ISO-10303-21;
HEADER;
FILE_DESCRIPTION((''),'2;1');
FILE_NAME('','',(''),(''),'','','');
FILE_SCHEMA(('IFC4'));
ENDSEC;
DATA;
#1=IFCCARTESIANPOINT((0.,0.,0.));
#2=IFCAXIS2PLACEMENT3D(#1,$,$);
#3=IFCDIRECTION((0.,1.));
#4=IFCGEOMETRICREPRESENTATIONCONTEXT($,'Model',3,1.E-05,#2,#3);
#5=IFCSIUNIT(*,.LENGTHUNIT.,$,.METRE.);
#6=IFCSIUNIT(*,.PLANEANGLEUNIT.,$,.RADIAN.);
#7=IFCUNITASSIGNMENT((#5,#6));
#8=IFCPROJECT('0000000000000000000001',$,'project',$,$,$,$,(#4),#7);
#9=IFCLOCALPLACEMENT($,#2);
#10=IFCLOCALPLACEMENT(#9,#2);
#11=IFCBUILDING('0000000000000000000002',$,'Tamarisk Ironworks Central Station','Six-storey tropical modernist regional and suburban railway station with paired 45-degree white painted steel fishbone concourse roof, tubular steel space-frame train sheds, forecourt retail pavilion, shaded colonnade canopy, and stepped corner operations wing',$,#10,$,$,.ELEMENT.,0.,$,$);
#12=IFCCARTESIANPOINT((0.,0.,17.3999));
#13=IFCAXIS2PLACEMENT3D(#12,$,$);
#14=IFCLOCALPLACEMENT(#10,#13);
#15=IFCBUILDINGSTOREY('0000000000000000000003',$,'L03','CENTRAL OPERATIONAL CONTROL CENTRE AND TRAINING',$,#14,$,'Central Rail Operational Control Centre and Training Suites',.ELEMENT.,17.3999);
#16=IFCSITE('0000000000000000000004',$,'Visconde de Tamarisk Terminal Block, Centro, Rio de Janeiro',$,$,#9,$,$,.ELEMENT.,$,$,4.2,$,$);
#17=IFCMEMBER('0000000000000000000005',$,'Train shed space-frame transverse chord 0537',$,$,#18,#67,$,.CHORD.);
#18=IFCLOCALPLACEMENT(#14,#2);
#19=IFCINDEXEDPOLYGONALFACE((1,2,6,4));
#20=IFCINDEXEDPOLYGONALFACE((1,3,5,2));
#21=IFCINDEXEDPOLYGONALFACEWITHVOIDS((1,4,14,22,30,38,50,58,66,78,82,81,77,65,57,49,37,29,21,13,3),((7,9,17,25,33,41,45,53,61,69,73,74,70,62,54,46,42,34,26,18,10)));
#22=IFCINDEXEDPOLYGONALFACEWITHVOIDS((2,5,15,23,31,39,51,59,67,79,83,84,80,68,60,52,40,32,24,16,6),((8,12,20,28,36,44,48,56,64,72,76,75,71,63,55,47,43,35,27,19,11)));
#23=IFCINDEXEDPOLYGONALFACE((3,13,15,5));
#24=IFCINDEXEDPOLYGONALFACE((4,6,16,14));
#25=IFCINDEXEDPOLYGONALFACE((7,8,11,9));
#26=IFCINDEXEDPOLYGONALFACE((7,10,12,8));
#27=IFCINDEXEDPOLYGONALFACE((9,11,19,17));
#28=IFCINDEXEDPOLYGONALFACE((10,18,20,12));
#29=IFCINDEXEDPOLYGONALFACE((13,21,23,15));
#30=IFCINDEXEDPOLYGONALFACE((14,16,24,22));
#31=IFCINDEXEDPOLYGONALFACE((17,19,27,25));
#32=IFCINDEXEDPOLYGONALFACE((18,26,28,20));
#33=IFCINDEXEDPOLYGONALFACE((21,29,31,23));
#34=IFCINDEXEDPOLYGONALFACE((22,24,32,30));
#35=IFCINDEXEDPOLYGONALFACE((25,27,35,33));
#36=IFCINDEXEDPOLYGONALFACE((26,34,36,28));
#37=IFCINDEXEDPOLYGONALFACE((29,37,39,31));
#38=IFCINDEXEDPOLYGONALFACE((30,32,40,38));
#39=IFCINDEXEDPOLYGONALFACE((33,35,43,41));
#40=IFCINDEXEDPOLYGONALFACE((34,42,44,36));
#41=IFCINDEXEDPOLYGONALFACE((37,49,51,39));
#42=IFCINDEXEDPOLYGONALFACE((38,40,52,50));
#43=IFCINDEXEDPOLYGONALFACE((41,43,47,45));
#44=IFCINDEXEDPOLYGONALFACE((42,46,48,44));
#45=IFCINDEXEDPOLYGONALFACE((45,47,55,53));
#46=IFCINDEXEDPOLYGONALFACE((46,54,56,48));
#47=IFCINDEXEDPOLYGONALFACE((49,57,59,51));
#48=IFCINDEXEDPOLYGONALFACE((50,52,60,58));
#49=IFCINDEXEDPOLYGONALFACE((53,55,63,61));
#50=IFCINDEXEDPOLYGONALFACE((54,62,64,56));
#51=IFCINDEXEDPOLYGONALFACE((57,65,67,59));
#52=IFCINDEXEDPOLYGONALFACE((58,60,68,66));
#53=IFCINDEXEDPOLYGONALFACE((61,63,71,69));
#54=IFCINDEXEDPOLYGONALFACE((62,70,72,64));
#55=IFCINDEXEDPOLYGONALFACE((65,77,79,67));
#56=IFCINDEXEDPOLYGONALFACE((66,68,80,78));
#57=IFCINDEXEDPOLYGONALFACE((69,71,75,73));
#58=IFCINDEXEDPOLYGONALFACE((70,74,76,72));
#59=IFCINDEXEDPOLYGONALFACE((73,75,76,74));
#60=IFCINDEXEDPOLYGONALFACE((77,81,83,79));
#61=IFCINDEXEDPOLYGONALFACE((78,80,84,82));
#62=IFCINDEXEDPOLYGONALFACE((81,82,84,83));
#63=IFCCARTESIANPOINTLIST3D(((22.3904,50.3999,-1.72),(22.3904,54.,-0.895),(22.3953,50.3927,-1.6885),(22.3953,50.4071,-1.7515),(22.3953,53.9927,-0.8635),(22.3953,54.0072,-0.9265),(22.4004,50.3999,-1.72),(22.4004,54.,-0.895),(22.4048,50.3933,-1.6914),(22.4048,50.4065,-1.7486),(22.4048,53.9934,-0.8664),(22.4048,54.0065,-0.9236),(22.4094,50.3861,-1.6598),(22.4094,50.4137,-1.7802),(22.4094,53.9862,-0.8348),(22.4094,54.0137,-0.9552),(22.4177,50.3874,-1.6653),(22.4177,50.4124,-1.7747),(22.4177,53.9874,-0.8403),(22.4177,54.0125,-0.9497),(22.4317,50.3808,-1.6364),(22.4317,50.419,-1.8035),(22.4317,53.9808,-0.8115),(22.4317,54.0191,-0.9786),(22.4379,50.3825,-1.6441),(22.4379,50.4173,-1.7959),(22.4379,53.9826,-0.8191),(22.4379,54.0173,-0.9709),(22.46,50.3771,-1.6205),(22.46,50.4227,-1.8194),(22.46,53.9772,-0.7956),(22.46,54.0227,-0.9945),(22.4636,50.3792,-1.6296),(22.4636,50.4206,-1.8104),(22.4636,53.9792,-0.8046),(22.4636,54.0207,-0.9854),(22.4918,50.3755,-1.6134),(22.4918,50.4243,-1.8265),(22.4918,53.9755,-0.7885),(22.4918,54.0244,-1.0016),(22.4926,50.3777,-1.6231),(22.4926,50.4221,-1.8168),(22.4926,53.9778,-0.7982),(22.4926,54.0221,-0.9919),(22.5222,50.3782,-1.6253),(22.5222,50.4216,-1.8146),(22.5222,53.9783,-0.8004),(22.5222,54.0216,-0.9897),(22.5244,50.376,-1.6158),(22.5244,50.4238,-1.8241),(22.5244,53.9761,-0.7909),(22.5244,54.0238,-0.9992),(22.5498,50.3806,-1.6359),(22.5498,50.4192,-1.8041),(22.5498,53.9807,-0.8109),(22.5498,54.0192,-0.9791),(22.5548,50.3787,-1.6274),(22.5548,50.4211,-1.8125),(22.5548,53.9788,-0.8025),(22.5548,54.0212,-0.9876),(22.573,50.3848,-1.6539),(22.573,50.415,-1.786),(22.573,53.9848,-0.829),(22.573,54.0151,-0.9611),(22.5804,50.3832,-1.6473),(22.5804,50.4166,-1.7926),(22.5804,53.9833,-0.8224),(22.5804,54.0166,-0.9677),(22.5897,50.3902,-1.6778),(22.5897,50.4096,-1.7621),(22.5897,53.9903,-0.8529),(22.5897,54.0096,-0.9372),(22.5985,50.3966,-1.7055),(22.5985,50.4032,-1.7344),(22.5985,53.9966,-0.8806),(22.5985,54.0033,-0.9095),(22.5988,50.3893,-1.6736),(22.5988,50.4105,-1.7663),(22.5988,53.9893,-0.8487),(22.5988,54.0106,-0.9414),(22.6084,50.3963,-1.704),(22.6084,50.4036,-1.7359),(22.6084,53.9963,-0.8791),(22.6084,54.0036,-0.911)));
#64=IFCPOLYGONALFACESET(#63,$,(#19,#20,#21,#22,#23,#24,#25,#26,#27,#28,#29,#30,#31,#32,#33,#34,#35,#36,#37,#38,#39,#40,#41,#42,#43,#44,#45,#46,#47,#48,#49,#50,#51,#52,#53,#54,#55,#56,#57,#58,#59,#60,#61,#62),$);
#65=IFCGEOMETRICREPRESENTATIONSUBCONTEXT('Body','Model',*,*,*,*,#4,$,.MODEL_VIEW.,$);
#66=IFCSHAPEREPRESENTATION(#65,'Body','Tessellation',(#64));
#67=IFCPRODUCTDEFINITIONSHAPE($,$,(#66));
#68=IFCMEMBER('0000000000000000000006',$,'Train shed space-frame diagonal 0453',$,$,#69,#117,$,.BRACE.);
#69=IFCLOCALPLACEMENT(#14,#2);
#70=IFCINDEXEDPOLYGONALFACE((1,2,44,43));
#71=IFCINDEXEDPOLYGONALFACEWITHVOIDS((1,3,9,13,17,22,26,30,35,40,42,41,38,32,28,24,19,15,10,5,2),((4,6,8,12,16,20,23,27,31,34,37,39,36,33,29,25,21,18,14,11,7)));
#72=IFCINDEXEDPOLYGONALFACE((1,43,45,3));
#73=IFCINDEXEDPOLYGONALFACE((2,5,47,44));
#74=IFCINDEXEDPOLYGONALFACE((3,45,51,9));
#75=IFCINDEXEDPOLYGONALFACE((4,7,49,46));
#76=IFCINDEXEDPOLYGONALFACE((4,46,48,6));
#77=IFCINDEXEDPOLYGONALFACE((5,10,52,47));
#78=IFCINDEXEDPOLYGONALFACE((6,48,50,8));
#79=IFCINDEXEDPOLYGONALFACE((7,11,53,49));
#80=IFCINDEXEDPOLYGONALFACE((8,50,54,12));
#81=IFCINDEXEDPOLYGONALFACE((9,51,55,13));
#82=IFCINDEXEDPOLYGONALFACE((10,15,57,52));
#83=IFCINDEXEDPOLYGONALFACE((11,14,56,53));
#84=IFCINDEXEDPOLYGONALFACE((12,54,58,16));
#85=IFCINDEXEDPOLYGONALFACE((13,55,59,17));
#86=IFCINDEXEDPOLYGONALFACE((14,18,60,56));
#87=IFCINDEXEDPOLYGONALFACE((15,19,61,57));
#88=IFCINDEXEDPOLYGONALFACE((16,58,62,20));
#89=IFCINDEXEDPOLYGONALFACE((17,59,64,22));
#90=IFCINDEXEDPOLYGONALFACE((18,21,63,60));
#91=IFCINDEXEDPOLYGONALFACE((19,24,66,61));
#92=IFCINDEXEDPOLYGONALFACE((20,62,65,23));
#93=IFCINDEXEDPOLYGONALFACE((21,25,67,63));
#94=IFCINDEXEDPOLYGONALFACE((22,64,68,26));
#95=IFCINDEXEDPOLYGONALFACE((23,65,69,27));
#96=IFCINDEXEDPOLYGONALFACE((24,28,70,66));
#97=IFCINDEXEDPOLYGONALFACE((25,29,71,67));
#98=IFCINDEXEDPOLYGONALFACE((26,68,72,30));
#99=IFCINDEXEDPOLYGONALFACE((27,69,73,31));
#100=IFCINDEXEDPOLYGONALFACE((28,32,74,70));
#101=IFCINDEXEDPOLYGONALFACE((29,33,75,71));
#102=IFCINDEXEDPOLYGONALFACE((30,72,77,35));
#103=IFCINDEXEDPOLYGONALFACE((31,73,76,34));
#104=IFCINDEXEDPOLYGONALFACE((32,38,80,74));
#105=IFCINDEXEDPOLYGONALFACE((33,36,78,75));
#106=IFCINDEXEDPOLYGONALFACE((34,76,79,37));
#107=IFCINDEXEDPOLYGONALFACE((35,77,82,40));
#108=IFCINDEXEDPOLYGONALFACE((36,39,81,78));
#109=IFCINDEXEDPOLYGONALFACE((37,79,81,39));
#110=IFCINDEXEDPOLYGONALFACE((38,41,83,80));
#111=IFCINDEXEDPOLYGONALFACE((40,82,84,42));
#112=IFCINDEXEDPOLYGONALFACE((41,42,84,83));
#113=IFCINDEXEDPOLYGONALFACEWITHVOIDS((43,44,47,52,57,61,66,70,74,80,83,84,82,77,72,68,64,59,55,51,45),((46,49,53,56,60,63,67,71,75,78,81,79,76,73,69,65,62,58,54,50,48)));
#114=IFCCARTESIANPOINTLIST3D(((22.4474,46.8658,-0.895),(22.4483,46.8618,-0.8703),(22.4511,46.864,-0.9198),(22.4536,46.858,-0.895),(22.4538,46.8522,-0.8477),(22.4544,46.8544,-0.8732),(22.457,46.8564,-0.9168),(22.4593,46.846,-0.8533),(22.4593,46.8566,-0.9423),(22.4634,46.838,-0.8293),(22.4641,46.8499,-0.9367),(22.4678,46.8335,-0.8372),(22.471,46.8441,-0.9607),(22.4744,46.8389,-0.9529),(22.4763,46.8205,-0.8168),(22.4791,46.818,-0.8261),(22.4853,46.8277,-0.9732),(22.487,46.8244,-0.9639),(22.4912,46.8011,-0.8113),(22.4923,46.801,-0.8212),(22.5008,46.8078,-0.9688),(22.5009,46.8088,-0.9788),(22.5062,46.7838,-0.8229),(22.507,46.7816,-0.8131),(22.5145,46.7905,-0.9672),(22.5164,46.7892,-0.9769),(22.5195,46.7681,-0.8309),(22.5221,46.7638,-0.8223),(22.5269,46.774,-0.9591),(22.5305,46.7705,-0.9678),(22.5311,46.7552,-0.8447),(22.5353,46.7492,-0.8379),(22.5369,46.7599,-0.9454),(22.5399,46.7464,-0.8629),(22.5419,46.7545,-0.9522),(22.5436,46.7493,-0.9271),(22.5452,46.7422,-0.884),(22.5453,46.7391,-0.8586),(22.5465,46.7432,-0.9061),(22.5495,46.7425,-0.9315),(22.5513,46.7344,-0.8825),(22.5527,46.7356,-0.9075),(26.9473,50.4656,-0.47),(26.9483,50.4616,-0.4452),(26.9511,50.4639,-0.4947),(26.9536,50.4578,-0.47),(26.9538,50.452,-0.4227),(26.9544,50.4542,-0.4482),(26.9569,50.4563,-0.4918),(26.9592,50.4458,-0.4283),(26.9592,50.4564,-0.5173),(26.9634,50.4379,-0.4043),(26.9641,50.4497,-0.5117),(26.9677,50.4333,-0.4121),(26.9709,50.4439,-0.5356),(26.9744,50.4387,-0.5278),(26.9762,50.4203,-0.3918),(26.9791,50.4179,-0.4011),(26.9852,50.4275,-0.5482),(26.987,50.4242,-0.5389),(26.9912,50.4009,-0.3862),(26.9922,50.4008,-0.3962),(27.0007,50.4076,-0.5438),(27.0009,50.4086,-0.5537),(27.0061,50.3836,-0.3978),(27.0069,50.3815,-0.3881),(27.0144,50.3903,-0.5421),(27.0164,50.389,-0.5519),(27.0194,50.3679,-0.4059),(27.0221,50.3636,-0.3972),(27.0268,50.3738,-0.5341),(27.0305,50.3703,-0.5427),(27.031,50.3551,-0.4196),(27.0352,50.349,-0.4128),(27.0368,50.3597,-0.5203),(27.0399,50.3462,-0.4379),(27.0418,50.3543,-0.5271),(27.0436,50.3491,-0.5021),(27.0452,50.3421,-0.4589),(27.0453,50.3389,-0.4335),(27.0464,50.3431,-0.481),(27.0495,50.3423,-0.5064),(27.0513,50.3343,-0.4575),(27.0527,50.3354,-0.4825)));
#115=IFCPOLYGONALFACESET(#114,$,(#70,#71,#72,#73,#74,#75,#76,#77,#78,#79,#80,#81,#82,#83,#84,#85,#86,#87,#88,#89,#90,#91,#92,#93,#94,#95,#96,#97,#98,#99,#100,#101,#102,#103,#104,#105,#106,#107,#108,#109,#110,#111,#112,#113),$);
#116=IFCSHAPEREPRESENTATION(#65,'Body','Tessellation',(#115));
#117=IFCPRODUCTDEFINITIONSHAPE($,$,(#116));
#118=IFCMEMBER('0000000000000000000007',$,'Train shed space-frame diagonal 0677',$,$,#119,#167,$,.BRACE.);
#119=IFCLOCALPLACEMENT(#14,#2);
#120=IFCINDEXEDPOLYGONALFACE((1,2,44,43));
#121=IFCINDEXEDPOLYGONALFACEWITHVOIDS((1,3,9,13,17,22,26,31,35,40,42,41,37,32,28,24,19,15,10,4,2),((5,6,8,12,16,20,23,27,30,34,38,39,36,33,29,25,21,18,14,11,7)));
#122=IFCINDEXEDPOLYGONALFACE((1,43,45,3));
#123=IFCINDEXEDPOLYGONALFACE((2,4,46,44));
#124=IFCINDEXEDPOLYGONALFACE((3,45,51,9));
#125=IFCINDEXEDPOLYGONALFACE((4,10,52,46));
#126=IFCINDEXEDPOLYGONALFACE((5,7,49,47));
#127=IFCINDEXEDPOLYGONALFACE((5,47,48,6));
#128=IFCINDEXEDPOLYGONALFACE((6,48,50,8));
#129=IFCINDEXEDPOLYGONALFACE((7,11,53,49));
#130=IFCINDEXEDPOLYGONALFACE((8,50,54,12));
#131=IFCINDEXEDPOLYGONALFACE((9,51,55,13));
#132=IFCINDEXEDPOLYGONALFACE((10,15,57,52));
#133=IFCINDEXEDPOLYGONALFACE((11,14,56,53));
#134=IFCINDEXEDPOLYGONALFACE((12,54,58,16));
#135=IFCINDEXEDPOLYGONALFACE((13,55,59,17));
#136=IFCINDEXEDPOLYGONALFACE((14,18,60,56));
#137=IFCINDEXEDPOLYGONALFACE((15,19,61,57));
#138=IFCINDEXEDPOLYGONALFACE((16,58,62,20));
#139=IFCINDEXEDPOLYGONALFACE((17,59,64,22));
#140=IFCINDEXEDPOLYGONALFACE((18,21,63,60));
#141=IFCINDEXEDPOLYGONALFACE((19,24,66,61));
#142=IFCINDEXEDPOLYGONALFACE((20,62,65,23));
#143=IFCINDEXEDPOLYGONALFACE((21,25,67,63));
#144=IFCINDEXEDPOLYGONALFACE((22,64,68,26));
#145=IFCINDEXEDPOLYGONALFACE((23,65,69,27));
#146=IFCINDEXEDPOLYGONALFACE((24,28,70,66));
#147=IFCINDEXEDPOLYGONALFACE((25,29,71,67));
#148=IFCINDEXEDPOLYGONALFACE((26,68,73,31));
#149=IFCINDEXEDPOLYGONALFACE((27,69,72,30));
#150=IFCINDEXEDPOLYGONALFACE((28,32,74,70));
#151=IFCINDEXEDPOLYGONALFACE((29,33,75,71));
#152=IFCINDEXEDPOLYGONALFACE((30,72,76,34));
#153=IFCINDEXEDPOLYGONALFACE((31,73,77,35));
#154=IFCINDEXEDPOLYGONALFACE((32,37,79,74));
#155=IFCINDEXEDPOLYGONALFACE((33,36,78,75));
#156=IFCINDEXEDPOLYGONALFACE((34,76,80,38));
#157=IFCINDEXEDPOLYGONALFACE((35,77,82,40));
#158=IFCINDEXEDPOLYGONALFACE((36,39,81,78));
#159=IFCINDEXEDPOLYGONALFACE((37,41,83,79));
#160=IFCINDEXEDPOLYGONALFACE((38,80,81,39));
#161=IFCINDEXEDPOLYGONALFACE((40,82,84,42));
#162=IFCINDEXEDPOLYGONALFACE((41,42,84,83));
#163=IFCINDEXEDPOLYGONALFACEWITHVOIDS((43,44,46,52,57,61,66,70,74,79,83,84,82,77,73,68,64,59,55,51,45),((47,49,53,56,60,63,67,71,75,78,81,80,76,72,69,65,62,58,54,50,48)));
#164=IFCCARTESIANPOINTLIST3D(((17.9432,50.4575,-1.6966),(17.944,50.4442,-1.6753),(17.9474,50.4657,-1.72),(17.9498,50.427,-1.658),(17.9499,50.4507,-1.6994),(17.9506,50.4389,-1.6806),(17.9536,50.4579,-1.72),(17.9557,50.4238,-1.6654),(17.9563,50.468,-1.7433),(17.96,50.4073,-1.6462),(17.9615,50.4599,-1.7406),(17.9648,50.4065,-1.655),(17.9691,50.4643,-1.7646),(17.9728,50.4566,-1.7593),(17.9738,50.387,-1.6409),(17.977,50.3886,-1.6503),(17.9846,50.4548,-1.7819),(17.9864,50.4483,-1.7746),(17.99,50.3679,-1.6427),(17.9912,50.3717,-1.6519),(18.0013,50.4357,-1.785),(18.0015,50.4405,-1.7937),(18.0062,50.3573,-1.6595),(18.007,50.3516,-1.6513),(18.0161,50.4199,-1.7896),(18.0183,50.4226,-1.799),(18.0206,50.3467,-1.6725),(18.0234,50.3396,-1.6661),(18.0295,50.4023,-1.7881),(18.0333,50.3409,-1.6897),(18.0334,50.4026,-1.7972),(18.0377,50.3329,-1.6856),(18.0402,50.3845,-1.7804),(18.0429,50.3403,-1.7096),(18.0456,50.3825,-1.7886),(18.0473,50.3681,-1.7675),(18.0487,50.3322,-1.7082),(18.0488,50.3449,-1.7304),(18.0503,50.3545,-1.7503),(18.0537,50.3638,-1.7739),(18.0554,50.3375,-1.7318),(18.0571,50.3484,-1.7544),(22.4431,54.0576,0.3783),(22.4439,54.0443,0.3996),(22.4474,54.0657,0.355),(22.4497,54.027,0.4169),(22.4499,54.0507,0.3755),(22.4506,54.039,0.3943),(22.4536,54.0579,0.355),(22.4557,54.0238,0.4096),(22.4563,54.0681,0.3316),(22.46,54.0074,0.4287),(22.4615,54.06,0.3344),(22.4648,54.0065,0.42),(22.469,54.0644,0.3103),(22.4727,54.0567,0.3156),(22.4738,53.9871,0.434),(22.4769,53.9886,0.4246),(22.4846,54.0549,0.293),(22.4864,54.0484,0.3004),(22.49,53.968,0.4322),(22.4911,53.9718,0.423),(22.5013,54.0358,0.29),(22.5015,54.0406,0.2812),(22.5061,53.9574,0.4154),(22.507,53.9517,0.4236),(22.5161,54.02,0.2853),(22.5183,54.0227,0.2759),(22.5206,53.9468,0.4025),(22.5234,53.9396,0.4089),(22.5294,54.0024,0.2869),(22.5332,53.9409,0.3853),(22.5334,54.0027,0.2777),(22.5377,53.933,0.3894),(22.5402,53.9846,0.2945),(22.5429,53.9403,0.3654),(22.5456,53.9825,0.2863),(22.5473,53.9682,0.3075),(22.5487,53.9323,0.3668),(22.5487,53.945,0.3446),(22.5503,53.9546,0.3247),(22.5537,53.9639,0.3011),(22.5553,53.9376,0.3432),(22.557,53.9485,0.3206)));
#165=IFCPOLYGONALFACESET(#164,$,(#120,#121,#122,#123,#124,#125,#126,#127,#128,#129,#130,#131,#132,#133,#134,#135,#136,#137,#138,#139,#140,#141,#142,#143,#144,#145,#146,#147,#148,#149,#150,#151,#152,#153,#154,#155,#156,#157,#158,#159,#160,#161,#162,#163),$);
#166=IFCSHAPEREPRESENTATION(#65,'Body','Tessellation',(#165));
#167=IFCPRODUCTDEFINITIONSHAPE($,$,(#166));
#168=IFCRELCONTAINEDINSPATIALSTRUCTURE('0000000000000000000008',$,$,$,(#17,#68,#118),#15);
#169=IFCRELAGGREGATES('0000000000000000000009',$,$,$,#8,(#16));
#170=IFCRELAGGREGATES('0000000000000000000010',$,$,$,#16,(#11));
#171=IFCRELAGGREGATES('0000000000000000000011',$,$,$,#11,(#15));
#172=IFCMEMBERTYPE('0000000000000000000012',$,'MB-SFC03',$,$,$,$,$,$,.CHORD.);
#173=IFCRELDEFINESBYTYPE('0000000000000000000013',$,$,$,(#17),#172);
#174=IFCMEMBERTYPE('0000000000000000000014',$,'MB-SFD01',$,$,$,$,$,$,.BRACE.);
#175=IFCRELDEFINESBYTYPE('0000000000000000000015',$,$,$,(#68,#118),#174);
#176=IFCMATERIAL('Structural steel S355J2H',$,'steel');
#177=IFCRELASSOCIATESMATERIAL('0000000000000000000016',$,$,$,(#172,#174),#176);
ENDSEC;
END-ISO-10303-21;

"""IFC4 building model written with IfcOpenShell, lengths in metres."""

from ifc_helpers import new_model, si_unit, direction, frame, origin, origin_2d, place, context, subcontext, project, spatial, hollow_circle, extrude, material, material_profile, profile_set, type_object, element, save


model = new_model("IFC4")

# Units and contexts
model_context = context("Model", 3, precision=1e-05, world=origin(), true_north=direction((0.0, 1.0)))
body_context = subcontext(model_context, "Body", "Model", "MODEL_VIEW")
ifc_project = project(units=[si_unit("LENGTHUNIT", "METRE"), si_unit("PLANEANGLEUNIT", "RADIAN")], contexts=[model_context])

# Site, building, storey
site_placement = place(None, origin())
site = spatial("IfcSite", under=ifc_project, at=site_placement, Name="Visconde de Tamarisk Terminal Block, Centro, Rio de Janeiro", CompositionType="ELEMENT", RefElevation=4.2)
building_placement = place(site_placement, origin())
building = spatial("IfcBuilding", under=site, at=building_placement, Name="Tamarisk Ironworks Central Station", Description="Six-storey tropical modernist regional and suburban railway station with paired 45-degree white painted steel fishbone concourse roof, tubular steel space-frame train sheds, forecourt retail pavilion, shaded colonnade canopy, and stepped corner operations wing", CompositionType="ELEMENT", ElevationOfRefHeight=0.0)
storey_placement = place(building_placement, frame((0.0, 0.0, 17.3999)))
storey = spatial("IfcBuildingStorey", under=building, at=storey_placement, Name="L03", Description="CENTRAL OPERATIONAL CONTROL CENTRE AND TRAINING", LongName="Central Rail Operational Control Centre and Training Suites", CompositionType="ELEMENT", Elevation=17.3999)

# Members
ifc_material_1 = material(Name="Structural steel S355J2H", Category="steel")
ifc_material_profile_1 = material_profile(ifc_material_1, hollow_circle(Radius=0.1096, WallThickness=0.01, at=origin_2d()), Name="CHS 219.1x10")
ifc_profile_set_1 = profile_set([ifc_material_profile_1], Name="Structural steel S355J2H")
member_type_1 = type_object("IfcMemberType", Name="MB-SFC03", PredefinedType="CHORD", material=ifc_profile_set_1)
for number, where, z_axis, x_axis, name in (
    (1, (22.5, 50.3999, -1.72), (0.0, 0.974737, 0.223358), (-1.0, 0.0, 0.0), "Train shed space-frame transverse chord 0537"),
):
    element("IfcMember", number, at=place(storey_placement, frame(where, z_axis=z_axis, x_axis=x_axis)), inside=storey, type_object=member_type_1, Name=name, PredefinedType="CHORD", context=body_context, shape_type="SweptSolid", body=[
        extrude(hollow_circle(Radius=0.1096, WallThickness=0.01, at=origin_2d()), origin(), (0.0, 0.0, 1.0), 3.6934),
    ])
ifc_material_profile_2 = material_profile(ifc_material_1, hollow_circle(Radius=0.0842, WallThickness=0.01, at=origin_2d()), Name="CHS 168.3x10")
ifc_profile_set_2 = profile_set([ifc_material_profile_2], Name="Structural steel S355J2H")
member_type_2 = type_object("IfcMemberType", Name="MB-SFD01", PredefinedType="BRACE", material=ifc_profile_set_2)
member_1_placement = place(storey_placement, frame((22.5, 46.8, -0.895), z_axis=(0.778766, 0.622987, 0.073559), x_axis=(-0.62468, 0.780881, 0.0)))
element("IfcMember", 2, at=member_1_placement, inside=storey, type_object=member_type_2, Name="Train shed space-frame diagonal 0453", PredefinedType="BRACE", context=body_context, shape_type="SweptSolid", body=[
    extrude(hollow_circle(Radius=0.0842, WallThickness=0.01, at=origin_2d()), origin(), (0.0, 0.0, 1.0), 5.7783),
])
member_2_placement = place(storey_placement, frame((18.0, 50.3999, -1.72), z_axis=(0.734689, 0.587767, 0.338765), x_axis=(-0.624705, 0.780861, 0.0)))
element("IfcMember", 3, at=member_2_placement, inside=storey, type_object=member_type_2, Name="Train shed space-frame diagonal 0677", PredefinedType="BRACE", context=body_context, shape_type="SweptSolid", body=[
    extrude(hollow_circle(Radius=0.0842, WallThickness=0.01, at=origin_2d()), origin(), (0.0, 0.0, 1.0), 6.125),
])

save(model, "model.ifc")
